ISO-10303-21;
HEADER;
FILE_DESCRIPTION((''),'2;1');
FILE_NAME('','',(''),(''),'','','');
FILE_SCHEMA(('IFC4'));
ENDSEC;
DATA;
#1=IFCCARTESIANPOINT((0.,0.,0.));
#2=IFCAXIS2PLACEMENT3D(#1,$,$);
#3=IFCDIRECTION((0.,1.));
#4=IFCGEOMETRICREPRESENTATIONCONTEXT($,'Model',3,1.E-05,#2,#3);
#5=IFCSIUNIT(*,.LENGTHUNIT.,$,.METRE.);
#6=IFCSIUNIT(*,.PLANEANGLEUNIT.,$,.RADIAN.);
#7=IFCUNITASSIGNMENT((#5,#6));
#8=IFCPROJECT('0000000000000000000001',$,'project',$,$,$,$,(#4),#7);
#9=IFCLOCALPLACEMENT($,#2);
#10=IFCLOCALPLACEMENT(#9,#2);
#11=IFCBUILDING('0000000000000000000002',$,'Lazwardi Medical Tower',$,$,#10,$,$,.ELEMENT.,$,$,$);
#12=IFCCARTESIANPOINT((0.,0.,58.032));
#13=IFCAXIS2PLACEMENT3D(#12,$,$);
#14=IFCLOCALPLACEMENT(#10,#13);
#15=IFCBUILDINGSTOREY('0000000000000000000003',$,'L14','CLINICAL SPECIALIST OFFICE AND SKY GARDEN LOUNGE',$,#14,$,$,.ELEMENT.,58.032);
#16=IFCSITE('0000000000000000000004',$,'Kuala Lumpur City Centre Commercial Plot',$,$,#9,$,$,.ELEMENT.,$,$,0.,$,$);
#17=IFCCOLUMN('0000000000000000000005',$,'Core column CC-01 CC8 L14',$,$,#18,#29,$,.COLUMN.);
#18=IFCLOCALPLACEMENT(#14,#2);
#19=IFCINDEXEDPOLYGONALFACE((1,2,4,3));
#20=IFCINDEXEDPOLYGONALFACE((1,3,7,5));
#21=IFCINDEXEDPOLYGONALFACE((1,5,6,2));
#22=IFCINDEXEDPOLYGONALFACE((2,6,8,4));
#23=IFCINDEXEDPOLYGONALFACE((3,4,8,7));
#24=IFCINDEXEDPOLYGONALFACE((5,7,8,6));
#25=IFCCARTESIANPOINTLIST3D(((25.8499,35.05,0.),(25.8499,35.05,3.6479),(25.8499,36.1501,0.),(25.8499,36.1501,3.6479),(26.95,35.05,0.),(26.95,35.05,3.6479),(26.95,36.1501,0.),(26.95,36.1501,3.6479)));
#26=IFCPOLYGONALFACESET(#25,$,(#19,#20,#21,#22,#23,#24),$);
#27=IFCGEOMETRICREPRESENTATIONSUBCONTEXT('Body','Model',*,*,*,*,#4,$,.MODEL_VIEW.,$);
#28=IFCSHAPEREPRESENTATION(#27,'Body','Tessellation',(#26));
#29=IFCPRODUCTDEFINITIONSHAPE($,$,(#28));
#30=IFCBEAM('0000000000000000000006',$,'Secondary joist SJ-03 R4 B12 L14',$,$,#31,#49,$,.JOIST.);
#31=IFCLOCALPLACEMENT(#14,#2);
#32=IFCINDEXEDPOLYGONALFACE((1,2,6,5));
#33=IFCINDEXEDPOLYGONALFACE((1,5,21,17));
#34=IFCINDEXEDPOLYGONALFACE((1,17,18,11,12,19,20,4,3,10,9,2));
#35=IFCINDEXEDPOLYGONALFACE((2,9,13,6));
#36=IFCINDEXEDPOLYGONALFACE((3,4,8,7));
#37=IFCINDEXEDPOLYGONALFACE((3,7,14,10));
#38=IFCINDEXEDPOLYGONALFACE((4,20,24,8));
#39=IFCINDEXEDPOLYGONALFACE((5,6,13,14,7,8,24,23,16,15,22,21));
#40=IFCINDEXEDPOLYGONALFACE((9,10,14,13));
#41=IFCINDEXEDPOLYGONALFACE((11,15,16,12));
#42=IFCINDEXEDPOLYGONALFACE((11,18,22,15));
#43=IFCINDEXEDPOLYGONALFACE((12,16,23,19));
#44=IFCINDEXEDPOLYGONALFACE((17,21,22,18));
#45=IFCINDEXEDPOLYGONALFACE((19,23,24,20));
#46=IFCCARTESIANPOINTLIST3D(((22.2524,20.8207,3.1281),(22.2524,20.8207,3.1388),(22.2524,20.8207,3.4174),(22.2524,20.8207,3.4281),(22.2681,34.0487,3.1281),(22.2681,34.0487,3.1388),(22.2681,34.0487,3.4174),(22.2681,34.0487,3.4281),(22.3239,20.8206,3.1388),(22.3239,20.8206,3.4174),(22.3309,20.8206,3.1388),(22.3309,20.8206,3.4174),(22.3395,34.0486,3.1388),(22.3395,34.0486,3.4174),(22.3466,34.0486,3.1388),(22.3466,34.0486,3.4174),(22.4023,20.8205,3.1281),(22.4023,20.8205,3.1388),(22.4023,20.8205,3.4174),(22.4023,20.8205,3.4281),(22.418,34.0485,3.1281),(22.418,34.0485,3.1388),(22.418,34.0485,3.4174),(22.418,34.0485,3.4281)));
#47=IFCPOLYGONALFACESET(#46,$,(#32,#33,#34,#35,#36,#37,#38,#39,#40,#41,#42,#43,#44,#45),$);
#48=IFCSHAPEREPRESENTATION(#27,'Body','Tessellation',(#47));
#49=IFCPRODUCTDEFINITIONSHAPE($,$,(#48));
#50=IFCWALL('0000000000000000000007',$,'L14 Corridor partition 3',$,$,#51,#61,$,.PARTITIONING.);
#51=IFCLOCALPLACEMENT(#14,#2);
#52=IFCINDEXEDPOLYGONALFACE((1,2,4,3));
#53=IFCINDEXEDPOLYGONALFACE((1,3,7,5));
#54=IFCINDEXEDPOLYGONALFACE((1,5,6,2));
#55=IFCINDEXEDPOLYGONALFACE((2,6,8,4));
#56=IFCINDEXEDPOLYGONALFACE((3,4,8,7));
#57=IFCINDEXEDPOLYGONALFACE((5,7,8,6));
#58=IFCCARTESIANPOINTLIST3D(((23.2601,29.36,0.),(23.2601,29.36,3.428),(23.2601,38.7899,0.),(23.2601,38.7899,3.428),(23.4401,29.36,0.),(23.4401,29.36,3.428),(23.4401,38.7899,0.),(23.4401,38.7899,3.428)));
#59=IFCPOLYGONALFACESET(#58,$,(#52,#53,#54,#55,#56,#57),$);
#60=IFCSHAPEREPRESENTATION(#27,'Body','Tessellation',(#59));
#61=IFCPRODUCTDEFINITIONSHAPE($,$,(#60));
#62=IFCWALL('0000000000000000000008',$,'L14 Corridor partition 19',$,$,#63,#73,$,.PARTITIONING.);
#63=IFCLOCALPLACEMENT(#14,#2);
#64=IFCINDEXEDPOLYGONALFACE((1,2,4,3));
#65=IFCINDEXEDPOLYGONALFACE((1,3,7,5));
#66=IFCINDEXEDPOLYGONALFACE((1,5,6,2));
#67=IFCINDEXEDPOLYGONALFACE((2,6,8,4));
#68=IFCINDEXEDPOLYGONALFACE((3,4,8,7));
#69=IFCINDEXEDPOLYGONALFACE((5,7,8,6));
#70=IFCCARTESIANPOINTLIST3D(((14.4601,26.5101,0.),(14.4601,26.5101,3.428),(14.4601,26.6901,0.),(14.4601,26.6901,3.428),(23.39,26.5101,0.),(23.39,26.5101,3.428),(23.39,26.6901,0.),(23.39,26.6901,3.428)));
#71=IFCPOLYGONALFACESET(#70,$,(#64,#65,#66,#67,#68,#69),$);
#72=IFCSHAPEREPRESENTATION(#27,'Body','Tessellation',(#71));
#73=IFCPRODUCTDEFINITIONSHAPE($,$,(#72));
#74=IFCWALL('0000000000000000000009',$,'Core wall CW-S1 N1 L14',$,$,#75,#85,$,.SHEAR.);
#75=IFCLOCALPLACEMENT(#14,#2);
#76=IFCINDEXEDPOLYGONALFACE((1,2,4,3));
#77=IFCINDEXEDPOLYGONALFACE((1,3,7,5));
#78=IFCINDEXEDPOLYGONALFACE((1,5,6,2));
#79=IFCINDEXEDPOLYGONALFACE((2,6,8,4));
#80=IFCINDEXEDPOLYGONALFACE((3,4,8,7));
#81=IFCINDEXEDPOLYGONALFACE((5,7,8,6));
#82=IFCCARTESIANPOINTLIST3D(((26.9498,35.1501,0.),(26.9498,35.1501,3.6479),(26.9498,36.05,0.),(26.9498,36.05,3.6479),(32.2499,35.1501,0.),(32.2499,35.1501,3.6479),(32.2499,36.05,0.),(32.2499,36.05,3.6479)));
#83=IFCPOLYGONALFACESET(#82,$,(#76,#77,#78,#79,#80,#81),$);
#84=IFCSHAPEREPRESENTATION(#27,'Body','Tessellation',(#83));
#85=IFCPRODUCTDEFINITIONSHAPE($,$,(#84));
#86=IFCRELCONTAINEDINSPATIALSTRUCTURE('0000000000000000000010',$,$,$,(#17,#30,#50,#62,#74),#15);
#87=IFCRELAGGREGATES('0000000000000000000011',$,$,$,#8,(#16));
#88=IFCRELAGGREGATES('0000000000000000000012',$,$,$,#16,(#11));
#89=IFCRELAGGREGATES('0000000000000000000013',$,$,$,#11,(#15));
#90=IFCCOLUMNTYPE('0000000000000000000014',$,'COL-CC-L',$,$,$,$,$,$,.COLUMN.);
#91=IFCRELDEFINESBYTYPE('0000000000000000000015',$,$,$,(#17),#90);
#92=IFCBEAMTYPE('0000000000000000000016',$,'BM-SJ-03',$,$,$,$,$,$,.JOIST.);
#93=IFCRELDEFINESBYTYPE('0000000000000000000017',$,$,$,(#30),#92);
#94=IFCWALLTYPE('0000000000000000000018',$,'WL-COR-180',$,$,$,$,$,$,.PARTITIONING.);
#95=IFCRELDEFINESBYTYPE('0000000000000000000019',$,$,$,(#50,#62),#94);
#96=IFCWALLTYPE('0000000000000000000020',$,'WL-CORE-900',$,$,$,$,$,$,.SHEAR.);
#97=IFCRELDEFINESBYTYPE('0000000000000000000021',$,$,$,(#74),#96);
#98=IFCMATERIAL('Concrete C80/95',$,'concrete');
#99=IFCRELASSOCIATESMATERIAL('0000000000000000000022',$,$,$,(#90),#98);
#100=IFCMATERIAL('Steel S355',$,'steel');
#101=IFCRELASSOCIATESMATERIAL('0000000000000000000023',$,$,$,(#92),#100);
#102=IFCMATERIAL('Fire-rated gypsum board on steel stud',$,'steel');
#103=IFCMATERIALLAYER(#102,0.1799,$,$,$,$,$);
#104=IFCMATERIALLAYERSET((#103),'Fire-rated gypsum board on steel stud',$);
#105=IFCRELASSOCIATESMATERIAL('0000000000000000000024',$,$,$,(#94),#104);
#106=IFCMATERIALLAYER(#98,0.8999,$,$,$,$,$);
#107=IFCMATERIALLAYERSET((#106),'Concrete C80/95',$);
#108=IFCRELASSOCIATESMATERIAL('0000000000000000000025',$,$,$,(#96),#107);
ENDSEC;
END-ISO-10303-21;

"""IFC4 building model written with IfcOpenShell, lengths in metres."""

from ifc_helpers import new_model, si_unit, direction, frame, frame_2d, origin, origin_2d, place, context, subcontext, project, spatial, rectangle, i_section, extrude, material, layer, layer_set, material_profile, profile_set, type_object, element, save


model = new_model("IFC4")

# Units and contexts
model_context = context("Model", 3, precision=1e-05, world=origin(), true_north=direction((0.0, 1.0)))
body_context = subcontext(model_context, "Body", "Model", "MODEL_VIEW")
ifc_project = project(units=[si_unit("LENGTHUNIT", "METRE"), si_unit("PLANEANGLEUNIT", "RADIAN")], contexts=[model_context])

# Site, building, storey
site_placement = place(None, origin())
site = spatial("IfcSite", under=ifc_project, at=site_placement, Name="Kuala Lumpur City Centre Commercial Plot", CompositionType="ELEMENT", RefElevation=0.0)
building_placement = place(site_placement, origin())
building = spatial("IfcBuilding", under=site, at=building_placement, Name="Lazwardi Medical Tower", CompositionType="ELEMENT")
storey_placement = place(building_placement, frame((0.0, 0.0, 58.032)))
storey = spatial("IfcBuildingStorey", under=building, at=storey_placement, Name="L14", Description="CLINICAL SPECIALIST OFFICE AND SKY GARDEN LOUNGE", CompositionType="ELEMENT", Elevation=58.032)

# Column
ifc_material_1 = material(Name="Concrete C80/95", Category="concrete")
ifc_material_profile_1 = material_profile(ifc_material_1, rectangle(XDim=1.1001, YDim=1.1001, at=origin_2d()), Name="RC 1100x1100")
ifc_profile_set_1 = profile_set([ifc_material_profile_1], Name="Concrete C80/95")
column_type = type_object("IfcColumnType", Name="COL-CC-L", PredefinedType="COLUMN", material=ifc_profile_set_1)
column_placement = place(storey_placement, frame((26.3999, 35.6001, 0.0), z_axis=(0.0, 0.0, 1.0), x_axis=(1.0, 0.0, 0.0)))
element("IfcColumn", 1, at=column_placement, inside=storey, type_object=column_type, Name="Core column CC-01 CC8 L14", PredefinedType="COLUMN", context=body_context, shape_type="SweptSolid", body=[
    extrude(rectangle(XDim=1.1001, YDim=1.1001, at=origin_2d()), origin(), (0.0, 0.0, 1.0), 3.6479),
])

# Beam
ifc_material_2 = material(Name="Steel S355", Category="steel")
ifc_material_profile_2 = material_profile(ifc_material_2, i_section(OverallWidth=0.1499, OverallDepth=0.3, WebThickness=0.0071, FlangeThickness=0.0107, at=origin_2d()), Name="IPE 300")
ifc_profile_set_2 = profile_set([ifc_material_profile_2], Name="Steel S355")
beam_type = type_object("IfcBeamType", Name="BM-SJ-03", PredefinedType="JOIST", material=ifc_profile_set_2)
beam_placement = place(storey_placement, frame((22.343, 34.0486, 3.2781), z_axis=(-0.001181, -0.999999, 0.0), x_axis=(0.999999, -0.001181, 0.0)))
element("IfcBeam", 2, at=beam_placement, inside=storey, type_object=beam_type, Name="Secondary joist SJ-03 R4 B12 L14", PredefinedType="JOIST", context=body_context, shape_type="SweptSolid", body=[
    extrude(i_section(OverallWidth=0.1499, OverallDepth=0.3, WebThickness=0.0071, FlangeThickness=0.0107, at=origin_2d()), origin(), (0.0, 0.0, 1.0), 13.228),
])

# Walls
ifc_material_3 = material(Name="Fire-rated gypsum board on steel stud", Category="steel")
ifc_layer_1 = layer(ifc_material_3, 0.1799)
ifc_layer_set_1 = layer_set([ifc_layer_1], Name="Fire-rated gypsum board on steel stud")
wall_type_1 = type_object("IfcWallType", Name="WL-COR-180", PredefinedType="PARTITIONING", material=ifc_layer_set_1)
wall_1_placement = place(storey_placement, frame((23.3501, 29.3601, 0.0), z_axis=(0.0, 0.0, 1.0), x_axis=(0.0, 1.0, 0.0)))
element("IfcWall", 3, at=wall_1_placement, inside=storey, type_object=wall_type_1, Name="L14 Corridor partition 3", PredefinedType="PARTITIONING", context=body_context, shape_type="SweptSolid", body=[
    extrude(rectangle(XDim=9.4299, YDim=0.1799, at=frame_2d((4.7148, 0.0))), origin(), (0.0, 0.0, 1.0), 3.428),
])
wall_2_placement = place(storey_placement, frame((23.3899, 26.6001, 0.0), z_axis=(0.0, 0.0, 1.0), x_axis=(-1.0, 0.0, 0.0)))
element("IfcWall", 4, at=wall_2_placement, inside=storey, type_object=wall_type_1, Name="L14 Corridor partition 19", PredefinedType="PARTITIONING", context=body_context, shape_type="SweptSolid", body=[
    extrude(rectangle(XDim=8.9299, YDim=0.1799, at=frame_2d((4.4648, 0.0))), origin(), (0.0, 0.0, 1.0), 3.428),
])
ifc_layer_2 = layer(ifc_material_1, 0.8999)
ifc_layer_set_2 = layer_set([ifc_layer_2], Name="Concrete C80/95")
wall_type_2 = type_object("IfcWallType", Name="WL-CORE-900", PredefinedType="SHEAR", material=ifc_layer_set_2)
wall_3_placement = place(storey_placement, frame((26.95, 35.6001, 0.0), z_axis=(0.0, 0.0, 1.0), x_axis=(1.0, 0.0, 0.0)))
element("IfcWall", 5, at=wall_3_placement, inside=storey, type_object=wall_type_2, Name="Core wall CW-S1 N1 L14", PredefinedType="SHEAR", context=body_context, shape_type="SweptSolid", body=[
    extrude(rectangle(XDim=5.3, YDim=0.8999, at=frame_2d((2.6499, 0.0))), origin(), (0.0, 0.0, 1.0), 3.6479),
])

save(model, "model.ifc")
